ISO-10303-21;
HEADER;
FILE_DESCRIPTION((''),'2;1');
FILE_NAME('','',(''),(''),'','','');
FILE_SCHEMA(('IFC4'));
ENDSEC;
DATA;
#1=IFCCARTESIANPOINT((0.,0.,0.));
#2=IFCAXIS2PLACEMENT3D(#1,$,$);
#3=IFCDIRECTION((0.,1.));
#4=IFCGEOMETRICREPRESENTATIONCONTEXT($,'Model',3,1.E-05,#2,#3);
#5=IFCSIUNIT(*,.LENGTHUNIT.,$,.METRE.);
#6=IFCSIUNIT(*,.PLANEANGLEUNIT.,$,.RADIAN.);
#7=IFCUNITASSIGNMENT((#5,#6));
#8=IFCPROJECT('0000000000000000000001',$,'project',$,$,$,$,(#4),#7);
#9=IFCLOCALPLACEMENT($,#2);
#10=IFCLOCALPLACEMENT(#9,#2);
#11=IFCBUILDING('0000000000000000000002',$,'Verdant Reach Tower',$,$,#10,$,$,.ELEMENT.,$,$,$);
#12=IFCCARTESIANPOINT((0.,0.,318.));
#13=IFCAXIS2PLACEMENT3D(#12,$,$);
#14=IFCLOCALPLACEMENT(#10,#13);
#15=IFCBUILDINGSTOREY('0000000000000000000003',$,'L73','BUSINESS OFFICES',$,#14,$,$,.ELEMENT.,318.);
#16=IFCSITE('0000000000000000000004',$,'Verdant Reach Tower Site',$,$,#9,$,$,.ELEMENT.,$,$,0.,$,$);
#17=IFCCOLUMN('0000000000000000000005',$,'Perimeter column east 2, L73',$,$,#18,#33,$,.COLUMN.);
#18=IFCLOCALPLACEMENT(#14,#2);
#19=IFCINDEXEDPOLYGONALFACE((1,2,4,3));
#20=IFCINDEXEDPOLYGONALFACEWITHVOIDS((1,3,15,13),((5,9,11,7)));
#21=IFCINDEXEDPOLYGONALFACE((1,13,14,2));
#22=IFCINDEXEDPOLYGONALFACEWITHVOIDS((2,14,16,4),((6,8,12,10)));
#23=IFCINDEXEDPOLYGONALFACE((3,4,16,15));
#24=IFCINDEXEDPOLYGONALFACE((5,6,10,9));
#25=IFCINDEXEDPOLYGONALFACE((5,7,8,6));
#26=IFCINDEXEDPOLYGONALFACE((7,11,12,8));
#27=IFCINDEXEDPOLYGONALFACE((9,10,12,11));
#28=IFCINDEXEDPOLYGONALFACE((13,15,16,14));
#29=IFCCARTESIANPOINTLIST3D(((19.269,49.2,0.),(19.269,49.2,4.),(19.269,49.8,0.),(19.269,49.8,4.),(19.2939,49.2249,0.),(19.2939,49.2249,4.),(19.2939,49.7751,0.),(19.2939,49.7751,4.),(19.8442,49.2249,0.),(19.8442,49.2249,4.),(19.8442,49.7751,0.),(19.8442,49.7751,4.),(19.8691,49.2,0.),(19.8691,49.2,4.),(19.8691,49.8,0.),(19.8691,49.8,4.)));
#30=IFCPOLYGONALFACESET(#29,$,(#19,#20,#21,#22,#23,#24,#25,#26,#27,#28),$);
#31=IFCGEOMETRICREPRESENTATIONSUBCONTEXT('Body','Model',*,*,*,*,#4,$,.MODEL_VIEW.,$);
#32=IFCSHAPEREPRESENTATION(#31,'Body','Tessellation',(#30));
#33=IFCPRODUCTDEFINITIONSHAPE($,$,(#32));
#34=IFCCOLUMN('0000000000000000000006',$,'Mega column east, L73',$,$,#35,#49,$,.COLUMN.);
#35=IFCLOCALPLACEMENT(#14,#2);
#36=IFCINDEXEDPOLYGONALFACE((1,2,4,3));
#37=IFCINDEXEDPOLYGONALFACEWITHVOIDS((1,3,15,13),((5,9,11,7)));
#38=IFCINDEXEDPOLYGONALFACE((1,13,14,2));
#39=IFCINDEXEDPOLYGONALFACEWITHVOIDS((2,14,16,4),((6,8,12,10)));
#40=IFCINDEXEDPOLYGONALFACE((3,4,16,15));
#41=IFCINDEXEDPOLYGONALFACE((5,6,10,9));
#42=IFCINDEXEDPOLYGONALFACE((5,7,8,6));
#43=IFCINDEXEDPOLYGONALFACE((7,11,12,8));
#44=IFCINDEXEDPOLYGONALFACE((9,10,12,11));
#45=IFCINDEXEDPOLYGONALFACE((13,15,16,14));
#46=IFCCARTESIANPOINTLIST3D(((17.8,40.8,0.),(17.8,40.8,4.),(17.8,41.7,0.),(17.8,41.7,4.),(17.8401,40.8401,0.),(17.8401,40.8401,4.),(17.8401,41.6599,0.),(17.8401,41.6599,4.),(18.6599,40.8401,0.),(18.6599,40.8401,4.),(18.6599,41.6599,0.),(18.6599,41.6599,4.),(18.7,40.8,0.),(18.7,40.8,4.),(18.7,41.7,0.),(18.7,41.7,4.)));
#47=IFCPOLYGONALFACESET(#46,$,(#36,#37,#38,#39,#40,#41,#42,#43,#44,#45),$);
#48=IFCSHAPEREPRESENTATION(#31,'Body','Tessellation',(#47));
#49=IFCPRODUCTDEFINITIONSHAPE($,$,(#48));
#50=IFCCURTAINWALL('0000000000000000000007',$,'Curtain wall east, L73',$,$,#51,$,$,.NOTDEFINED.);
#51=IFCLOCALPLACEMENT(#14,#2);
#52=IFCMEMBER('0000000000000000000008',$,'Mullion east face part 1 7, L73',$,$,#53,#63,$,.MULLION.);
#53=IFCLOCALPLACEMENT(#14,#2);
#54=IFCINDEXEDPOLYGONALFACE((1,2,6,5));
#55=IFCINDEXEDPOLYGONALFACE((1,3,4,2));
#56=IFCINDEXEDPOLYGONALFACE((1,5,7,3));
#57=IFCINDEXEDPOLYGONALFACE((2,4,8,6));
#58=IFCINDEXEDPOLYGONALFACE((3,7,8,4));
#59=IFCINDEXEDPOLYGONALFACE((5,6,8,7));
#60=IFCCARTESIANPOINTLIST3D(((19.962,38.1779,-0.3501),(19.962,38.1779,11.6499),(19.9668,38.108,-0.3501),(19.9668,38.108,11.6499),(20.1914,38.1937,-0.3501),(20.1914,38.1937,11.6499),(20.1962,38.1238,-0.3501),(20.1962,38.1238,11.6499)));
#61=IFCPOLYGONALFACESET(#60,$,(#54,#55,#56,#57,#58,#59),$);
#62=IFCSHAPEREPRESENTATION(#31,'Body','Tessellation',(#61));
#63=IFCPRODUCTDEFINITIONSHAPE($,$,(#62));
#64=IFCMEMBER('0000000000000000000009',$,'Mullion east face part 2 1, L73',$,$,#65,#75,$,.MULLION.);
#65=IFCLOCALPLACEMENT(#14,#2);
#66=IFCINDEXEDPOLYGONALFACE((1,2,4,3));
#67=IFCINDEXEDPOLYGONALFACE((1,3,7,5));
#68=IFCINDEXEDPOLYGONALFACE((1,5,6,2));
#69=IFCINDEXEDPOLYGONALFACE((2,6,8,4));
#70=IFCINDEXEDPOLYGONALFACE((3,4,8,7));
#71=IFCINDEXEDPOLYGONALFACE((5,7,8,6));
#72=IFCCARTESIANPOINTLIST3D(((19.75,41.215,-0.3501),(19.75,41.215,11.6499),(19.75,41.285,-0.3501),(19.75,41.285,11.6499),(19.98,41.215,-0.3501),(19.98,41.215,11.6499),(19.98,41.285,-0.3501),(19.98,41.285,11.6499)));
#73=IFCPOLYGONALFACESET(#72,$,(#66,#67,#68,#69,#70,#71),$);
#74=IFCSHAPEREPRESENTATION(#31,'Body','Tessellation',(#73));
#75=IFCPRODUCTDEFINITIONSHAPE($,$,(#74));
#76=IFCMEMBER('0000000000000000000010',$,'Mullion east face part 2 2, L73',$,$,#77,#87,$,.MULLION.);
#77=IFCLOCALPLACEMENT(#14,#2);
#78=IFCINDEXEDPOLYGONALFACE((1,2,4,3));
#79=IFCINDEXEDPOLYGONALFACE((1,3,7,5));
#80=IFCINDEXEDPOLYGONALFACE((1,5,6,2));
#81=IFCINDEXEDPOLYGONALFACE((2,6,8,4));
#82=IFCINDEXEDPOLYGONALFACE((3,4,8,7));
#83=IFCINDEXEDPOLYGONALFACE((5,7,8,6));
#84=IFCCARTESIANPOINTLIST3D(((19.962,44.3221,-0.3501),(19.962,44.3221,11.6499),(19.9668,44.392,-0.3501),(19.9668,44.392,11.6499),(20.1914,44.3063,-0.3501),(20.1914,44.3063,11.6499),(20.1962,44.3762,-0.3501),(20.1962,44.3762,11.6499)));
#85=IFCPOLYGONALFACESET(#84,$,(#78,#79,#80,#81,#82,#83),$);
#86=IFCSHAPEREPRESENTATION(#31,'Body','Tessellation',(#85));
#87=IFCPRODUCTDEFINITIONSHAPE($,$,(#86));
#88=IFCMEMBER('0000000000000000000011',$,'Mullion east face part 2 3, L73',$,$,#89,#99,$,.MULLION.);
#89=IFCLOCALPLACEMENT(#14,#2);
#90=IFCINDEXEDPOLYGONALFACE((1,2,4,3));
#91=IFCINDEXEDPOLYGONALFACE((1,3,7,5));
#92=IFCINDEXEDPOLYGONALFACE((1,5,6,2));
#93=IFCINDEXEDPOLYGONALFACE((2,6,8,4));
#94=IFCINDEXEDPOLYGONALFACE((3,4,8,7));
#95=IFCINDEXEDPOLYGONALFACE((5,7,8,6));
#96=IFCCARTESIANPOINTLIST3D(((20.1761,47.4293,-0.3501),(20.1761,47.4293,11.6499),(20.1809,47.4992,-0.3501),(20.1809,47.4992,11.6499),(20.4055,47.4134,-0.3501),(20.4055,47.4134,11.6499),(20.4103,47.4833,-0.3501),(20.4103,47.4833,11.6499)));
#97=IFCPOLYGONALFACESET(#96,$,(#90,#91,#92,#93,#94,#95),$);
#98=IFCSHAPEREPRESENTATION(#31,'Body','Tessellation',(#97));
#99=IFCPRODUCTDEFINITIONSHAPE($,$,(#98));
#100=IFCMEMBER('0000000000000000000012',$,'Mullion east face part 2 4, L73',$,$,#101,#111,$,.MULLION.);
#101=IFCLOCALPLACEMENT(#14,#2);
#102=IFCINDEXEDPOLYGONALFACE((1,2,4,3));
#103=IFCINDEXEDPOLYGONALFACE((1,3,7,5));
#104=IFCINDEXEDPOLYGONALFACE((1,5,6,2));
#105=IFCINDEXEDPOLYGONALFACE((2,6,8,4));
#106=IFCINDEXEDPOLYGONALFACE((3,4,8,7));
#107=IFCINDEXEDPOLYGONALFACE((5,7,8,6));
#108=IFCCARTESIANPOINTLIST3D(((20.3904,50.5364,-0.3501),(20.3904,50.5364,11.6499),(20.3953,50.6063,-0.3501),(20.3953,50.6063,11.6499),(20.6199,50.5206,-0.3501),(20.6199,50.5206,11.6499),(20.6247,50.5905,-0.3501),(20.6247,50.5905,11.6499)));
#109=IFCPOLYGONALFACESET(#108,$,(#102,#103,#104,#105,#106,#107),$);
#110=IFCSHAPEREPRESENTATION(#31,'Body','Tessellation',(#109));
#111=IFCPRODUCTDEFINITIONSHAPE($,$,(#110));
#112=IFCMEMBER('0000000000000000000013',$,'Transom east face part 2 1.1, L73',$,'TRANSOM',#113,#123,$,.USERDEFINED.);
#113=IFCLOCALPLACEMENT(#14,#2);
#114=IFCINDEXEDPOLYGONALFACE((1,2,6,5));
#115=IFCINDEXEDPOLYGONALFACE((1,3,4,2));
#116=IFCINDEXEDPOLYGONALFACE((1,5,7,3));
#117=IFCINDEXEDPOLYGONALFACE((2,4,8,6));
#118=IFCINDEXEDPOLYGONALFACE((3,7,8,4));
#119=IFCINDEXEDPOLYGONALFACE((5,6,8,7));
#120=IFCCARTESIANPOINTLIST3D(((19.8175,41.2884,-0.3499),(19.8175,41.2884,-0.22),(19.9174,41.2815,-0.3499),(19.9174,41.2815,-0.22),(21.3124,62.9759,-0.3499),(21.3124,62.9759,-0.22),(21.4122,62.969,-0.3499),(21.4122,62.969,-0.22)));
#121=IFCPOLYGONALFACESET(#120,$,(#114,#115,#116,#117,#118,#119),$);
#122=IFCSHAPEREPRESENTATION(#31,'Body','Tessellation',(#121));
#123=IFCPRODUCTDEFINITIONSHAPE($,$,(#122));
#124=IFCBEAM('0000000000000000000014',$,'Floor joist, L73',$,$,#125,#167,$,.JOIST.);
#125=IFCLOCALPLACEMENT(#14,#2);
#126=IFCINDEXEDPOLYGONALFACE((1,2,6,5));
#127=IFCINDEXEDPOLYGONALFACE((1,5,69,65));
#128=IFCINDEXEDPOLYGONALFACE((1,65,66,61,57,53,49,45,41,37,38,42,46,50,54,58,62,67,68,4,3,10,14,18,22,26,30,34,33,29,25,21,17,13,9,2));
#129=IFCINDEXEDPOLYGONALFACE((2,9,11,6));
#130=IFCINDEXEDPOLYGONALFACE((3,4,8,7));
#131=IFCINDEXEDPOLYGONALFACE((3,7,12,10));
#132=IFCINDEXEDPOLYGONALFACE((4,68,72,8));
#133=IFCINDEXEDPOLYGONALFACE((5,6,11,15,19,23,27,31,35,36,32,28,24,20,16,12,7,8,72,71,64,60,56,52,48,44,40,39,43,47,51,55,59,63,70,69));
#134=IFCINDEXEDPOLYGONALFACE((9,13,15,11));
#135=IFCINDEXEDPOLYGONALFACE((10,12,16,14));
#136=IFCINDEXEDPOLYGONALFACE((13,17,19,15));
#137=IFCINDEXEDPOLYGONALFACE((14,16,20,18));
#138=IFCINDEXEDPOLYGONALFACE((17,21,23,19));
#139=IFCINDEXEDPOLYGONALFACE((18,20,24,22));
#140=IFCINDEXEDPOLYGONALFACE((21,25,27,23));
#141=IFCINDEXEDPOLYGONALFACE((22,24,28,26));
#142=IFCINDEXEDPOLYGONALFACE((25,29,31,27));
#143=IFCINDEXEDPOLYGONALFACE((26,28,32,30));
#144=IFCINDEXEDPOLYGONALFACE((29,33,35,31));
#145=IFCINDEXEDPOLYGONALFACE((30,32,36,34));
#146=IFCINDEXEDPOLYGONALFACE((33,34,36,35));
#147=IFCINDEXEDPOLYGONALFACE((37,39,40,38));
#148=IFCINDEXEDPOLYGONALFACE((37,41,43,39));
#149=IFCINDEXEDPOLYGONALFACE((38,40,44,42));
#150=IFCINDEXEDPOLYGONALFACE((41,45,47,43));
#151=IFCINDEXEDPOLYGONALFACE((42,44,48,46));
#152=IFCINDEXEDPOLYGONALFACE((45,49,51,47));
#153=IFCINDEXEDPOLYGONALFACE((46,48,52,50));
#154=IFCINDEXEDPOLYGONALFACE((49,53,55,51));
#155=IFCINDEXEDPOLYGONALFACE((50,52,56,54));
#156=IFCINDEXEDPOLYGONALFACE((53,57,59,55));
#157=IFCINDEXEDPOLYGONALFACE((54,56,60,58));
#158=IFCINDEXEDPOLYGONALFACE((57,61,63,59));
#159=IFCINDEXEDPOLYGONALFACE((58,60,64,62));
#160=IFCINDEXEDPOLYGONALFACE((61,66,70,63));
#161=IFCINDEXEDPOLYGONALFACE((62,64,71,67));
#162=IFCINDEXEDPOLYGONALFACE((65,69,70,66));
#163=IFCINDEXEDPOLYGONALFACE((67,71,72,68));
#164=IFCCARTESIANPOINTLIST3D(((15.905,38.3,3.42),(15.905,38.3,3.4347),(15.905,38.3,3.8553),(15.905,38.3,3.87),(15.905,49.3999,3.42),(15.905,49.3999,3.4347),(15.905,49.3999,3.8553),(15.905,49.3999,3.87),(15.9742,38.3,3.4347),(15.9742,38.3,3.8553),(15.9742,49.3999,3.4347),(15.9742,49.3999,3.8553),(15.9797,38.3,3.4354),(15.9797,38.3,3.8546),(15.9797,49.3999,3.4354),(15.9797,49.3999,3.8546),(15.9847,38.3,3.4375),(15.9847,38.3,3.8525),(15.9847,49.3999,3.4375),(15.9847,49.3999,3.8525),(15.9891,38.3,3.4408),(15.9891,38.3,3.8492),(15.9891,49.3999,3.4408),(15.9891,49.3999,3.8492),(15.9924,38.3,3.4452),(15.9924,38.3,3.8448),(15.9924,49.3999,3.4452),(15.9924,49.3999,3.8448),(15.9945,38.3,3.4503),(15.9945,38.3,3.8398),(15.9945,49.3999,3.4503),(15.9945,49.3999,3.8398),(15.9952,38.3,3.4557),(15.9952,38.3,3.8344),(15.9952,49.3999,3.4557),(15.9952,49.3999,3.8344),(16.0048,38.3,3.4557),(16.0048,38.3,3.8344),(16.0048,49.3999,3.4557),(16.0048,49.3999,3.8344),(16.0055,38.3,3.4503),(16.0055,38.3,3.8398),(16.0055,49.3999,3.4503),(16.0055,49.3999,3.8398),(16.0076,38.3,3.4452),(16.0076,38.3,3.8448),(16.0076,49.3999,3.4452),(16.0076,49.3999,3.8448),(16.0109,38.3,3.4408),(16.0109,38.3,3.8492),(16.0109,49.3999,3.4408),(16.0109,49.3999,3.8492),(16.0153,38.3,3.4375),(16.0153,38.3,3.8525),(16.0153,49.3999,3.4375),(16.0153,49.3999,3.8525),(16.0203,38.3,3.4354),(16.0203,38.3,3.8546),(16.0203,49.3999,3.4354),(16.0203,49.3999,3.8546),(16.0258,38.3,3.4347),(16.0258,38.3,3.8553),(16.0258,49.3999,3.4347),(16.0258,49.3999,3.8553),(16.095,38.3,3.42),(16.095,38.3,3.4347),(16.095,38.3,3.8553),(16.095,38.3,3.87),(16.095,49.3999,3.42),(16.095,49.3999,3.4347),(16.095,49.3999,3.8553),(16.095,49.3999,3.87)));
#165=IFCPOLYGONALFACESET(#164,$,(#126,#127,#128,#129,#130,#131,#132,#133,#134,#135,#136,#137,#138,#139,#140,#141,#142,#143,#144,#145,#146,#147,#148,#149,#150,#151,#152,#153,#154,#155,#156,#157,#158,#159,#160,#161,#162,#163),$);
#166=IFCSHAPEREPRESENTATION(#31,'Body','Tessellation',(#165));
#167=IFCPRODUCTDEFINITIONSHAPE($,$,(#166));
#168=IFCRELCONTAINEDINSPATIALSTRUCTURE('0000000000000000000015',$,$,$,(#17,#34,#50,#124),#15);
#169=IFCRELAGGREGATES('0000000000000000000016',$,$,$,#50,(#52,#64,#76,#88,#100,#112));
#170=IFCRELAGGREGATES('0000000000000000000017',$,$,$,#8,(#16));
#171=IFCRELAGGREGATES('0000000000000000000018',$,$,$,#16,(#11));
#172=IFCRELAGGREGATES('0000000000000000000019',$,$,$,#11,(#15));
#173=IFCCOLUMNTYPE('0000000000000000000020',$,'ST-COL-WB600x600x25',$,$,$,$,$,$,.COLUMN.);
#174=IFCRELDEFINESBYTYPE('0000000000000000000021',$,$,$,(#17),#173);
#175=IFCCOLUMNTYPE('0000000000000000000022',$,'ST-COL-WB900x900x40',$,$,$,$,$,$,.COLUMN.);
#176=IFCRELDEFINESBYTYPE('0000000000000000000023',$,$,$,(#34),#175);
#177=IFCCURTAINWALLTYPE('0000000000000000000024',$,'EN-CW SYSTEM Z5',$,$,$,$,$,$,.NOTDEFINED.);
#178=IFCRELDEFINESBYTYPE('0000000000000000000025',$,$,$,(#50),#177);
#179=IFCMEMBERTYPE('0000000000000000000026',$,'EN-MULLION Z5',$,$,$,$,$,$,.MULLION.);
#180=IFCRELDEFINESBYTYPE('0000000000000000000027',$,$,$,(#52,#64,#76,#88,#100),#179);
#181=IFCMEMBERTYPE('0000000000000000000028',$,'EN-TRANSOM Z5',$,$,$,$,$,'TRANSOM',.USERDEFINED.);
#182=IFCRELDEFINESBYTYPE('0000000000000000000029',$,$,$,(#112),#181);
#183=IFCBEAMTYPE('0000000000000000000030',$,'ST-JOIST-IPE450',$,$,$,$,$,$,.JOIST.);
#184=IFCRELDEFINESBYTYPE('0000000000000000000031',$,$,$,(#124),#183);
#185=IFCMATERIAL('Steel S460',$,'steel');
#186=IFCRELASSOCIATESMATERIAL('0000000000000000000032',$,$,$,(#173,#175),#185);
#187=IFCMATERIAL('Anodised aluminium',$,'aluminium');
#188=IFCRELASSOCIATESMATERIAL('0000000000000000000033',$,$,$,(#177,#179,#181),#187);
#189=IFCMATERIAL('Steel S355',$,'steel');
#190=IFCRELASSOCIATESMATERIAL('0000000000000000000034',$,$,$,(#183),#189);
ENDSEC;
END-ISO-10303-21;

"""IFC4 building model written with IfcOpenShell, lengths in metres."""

from ifc_helpers import new_model, si_unit, direction, frame, origin, origin_2d, place, context, subcontext, project, spatial, rectangle, hollow_rectangle, i_section, extrude, material, material_profile, profile_set, type_object, element, aggregate, save


model = new_model("IFC4")

# Units and contexts
model_context = context("Model", 3, precision=1e-05, world=origin(), true_north=direction((0.0, 1.0)))
body_context = subcontext(model_context, "Body", "Model", "MODEL_VIEW")
ifc_project = project(units=[si_unit("LENGTHUNIT", "METRE"), si_unit("PLANEANGLEUNIT", "RADIAN")], contexts=[model_context])

# Site, building, storey
site_placement = place(None, origin())
site = spatial("IfcSite", under=ifc_project, at=site_placement, Name="Verdant Reach Tower Site", CompositionType="ELEMENT", RefElevation=0.0)
building_placement = place(site_placement, origin())
building = spatial("IfcBuilding", under=site, at=building_placement, Name="Verdant Reach Tower", CompositionType="ELEMENT")
storey_placement = place(building_placement, frame((0.0, 0.0, 318.0)))
storey = spatial("IfcBuildingStorey", under=building, at=storey_placement, Name="L73", Description="BUSINESS OFFICES", CompositionType="ELEMENT", Elevation=318.0)

# Columns
ifc_material_1 = material(Name="Steel S460", Category="steel")
ifc_material_profile_1 = material_profile(ifc_material_1, hollow_rectangle(XDim=0.6001, YDim=0.6001, WallThickness=0.0249, at=origin_2d()), Name="WB 600x600x25")
ifc_profile_set_1 = profile_set([ifc_material_profile_1], Name="Steel S460")
column_type_1 = type_object("IfcColumnType", Name="ST-COL-WB600x600x25", PredefinedType="COLUMN", material=ifc_profile_set_1)
column_1_placement = place(storey_placement, frame((19.5691, 49.5, 0.0), z_axis=(0.0, 0.0, 1.0), x_axis=(1.0, 0.0, 0.0)))
element("IfcColumn", 1, at=column_1_placement, inside=storey, type_object=column_type_1, Name="Perimeter column east 2, L73", PredefinedType="COLUMN", context=body_context, shape_type="SweptSolid", body=[
    extrude(hollow_rectangle(XDim=0.6001, YDim=0.6001, WallThickness=0.0249, at=origin_2d()), origin(), (0.0, 0.0, 1.0), 4.0),
])
ifc_material_profile_2 = material_profile(ifc_material_1, hollow_rectangle(XDim=0.8999, YDim=0.8999, WallThickness=0.04, at=origin_2d()), Name="WB 900x900x40")
ifc_profile_set_2 = profile_set([ifc_material_profile_2], Name="Steel S460")
column_type_2 = type_object("IfcColumnType", Name="ST-COL-WB900x900x40", PredefinedType="COLUMN", material=ifc_profile_set_2)
column_2_placement = place(storey_placement, frame((18.25, 41.25, 0.0), z_axis=(0.0, 0.0, 1.0), x_axis=(1.0, 0.0, 0.0)))
element("IfcColumn", 2, at=column_2_placement, inside=storey, type_object=column_type_2, Name="Mega column east, L73", PredefinedType="COLUMN", context=body_context, shape_type="SweptSolid", body=[
    extrude(hollow_rectangle(XDim=0.8999, YDim=0.8999, WallThickness=0.04, at=origin_2d()), origin(), (0.0, 0.0, 1.0), 4.0),
])

# Curtain wall, members
ifc_material_2 = material(Name="Anodised aluminium", Category="aluminium")
curtain_wall_type = type_object("IfcCurtainWallType", Name="EN-CW SYSTEM Z5", PredefinedType="NOTDEFINED", material=ifc_material_2)
curtain_wall_placement = place(storey_placement, origin())
curtain_wall = element("IfcCurtainWall", 3, at=curtain_wall_placement, inside=storey, type_object=curtain_wall_type, Name="Curtain wall east, L73", PredefinedType="NOTDEFINED")
ifc_material_profile_3 = material_profile(ifc_material_2, rectangle(XDim=0.23, YDim=0.0701, at=origin_2d()), Name="Mullion 70x230")
ifc_profile_set_3 = profile_set([ifc_material_profile_3], Name="Anodised aluminium")
member_type_1 = type_object("IfcMemberType", Name="EN-MULLION Z5", PredefinedType="MULLION", material=ifc_profile_set_3)
member_1_placement = place(storey_placement, frame((20.0791, 38.1509, -0.3501), z_axis=(0.0, 0.0, 1.0), x_axis=(0.99763, 0.068802, 0.0)))
member_1 = element("IfcMember", 4, at=member_1_placement, type_object=member_type_1, Name="Mullion east face part 1 7, L73", PredefinedType="MULLION", context=body_context, shape_type="SweptSolid", body=[
    extrude(rectangle(XDim=0.23, YDim=0.0701, at=origin_2d()), origin(), (0.0, 0.0, 1.0), 12.0),
])
member_2_placement = place(storey_placement, frame((19.865, 41.25, -0.3501), z_axis=(0.0, 0.0, 1.0), x_axis=(1.0, 0.0, 0.0)))
member_2 = element("IfcMember", 5, at=member_2_placement, type_object=member_type_1, Name="Mullion east face part 2 1, L73", PredefinedType="MULLION", context=body_context, shape_type="SweptSolid", body=[
    extrude(rectangle(XDim=0.23, YDim=0.0701, at=origin_2d()), origin(), (0.0, 0.0, 1.0), 12.0),
])
member_3_placement = place(storey_placement, frame((20.0791, 44.3491, -0.3501), z_axis=(0.0, 0.0, 1.0), x_axis=(0.99763, -0.068802, 0.0)))
member_3 = element("IfcMember", 6, at=member_3_placement, type_object=member_type_1, Name="Mullion east face part 2 2, L73", PredefinedType="MULLION", context=body_context, shape_type="SweptSolid", body=[
    extrude(rectangle(XDim=0.23, YDim=0.0701, at=origin_2d()), origin(), (0.0, 0.0, 1.0), 12.0),
])
member_4_placement = place(storey_placement, frame((20.2932, 47.4563, -0.3501), z_axis=(0.0, 0.0, 1.0), x_axis=(0.99763, -0.068802, 0.0)))
member_4 = element("IfcMember", 7, at=member_4_placement, type_object=member_type_1, Name="Mullion east face part 2 3, L73", PredefinedType="MULLION", context=body_context, shape_type="SweptSolid", body=[
    extrude(rectangle(XDim=0.23, YDim=0.0701, at=origin_2d()), origin(), (0.0, 0.0, 1.0), 12.0),
])
member_5_placement = place(storey_placement, frame((20.5076, 50.5635, -0.3501), z_axis=(0.0, 0.0, 1.0), x_axis=(0.99763, -0.068802, 0.0)))
member_5 = element("IfcMember", 8, at=member_5_placement, type_object=member_type_1, Name="Mullion east face part 2 4, L73", PredefinedType="MULLION", context=body_context, shape_type="SweptSolid", body=[
    extrude(rectangle(XDim=0.23, YDim=0.0701, at=origin_2d()), origin(), (0.0, 0.0, 1.0), 12.0),
])
ifc_material_profile_4 = material_profile(ifc_material_2, rectangle(XDim=0.1001, YDim=0.1299, at=origin_2d()), Name="Transom 130x100")
ifc_profile_set_4 = profile_set([ifc_material_profile_4], Name="Anodised aluminium")
member_type_2 = type_object("IfcMemberType", Name="EN-TRANSOM Z5", ElementType="TRANSOM", PredefinedType="USERDEFINED", material=ifc_profile_set_4)
member_6_placement = place(storey_placement, frame((19.8674, 41.2849, -0.2849), z_axis=(0.068765, 0.997633, 0.0), x_axis=(-0.997633, 0.068765, 0.0)))
member_6 = element("IfcMember", 9, at=member_6_placement, type_object=member_type_2, Name="Transom east face part 2 1.1, L73", ObjectType="TRANSOM", PredefinedType="USERDEFINED", context=body_context, shape_type="SweptSolid", body=[
    extrude(rectangle(XDim=0.1001, YDim=0.1299, at=origin_2d()), origin(), (0.0, 0.0, 1.0), 21.739),
])

# Beam
ifc_material_3 = material(Name="Steel S355", Category="steel")
ifc_material_profile_5 = material_profile(ifc_material_3, i_section(OverallWidth=0.1899, OverallDepth=0.45, WebThickness=0.0095, FlangeThickness=0.0146, FilletRadius=0.021, at=origin_2d()), Name="IPE 450")
ifc_profile_set_5 = profile_set([ifc_material_profile_5], Name="Steel S355")
beam_type_1 = type_object("IfcBeamType", Name="ST-JOIST-IPE450", PredefinedType="JOIST", material=ifc_profile_set_5)
beam_1_placement = place(storey_placement, frame((16.0, 38.3, 3.645), z_axis=(0.0, 1.0, 0.0), x_axis=(-1.0, 0.0, 0.0)))
element("IfcBeam", 10, at=beam_1_placement, inside=storey, type_object=beam_type_1, Name="Floor joist, L73", PredefinedType="JOIST", context=body_context, shape_type="SweptSolid", body=[
    extrude(i_section(OverallWidth=0.1899, OverallDepth=0.45, WebThickness=0.0095, FlangeThickness=0.0146, FilletRadius=0.021, at=origin_2d()), origin(), (0.0, 0.0, 1.0), 11.0999),
])

aggregate(curtain_wall, [member_1, member_2, member_3, member_4, member_5, member_6])

save(model, "model.ifc")
